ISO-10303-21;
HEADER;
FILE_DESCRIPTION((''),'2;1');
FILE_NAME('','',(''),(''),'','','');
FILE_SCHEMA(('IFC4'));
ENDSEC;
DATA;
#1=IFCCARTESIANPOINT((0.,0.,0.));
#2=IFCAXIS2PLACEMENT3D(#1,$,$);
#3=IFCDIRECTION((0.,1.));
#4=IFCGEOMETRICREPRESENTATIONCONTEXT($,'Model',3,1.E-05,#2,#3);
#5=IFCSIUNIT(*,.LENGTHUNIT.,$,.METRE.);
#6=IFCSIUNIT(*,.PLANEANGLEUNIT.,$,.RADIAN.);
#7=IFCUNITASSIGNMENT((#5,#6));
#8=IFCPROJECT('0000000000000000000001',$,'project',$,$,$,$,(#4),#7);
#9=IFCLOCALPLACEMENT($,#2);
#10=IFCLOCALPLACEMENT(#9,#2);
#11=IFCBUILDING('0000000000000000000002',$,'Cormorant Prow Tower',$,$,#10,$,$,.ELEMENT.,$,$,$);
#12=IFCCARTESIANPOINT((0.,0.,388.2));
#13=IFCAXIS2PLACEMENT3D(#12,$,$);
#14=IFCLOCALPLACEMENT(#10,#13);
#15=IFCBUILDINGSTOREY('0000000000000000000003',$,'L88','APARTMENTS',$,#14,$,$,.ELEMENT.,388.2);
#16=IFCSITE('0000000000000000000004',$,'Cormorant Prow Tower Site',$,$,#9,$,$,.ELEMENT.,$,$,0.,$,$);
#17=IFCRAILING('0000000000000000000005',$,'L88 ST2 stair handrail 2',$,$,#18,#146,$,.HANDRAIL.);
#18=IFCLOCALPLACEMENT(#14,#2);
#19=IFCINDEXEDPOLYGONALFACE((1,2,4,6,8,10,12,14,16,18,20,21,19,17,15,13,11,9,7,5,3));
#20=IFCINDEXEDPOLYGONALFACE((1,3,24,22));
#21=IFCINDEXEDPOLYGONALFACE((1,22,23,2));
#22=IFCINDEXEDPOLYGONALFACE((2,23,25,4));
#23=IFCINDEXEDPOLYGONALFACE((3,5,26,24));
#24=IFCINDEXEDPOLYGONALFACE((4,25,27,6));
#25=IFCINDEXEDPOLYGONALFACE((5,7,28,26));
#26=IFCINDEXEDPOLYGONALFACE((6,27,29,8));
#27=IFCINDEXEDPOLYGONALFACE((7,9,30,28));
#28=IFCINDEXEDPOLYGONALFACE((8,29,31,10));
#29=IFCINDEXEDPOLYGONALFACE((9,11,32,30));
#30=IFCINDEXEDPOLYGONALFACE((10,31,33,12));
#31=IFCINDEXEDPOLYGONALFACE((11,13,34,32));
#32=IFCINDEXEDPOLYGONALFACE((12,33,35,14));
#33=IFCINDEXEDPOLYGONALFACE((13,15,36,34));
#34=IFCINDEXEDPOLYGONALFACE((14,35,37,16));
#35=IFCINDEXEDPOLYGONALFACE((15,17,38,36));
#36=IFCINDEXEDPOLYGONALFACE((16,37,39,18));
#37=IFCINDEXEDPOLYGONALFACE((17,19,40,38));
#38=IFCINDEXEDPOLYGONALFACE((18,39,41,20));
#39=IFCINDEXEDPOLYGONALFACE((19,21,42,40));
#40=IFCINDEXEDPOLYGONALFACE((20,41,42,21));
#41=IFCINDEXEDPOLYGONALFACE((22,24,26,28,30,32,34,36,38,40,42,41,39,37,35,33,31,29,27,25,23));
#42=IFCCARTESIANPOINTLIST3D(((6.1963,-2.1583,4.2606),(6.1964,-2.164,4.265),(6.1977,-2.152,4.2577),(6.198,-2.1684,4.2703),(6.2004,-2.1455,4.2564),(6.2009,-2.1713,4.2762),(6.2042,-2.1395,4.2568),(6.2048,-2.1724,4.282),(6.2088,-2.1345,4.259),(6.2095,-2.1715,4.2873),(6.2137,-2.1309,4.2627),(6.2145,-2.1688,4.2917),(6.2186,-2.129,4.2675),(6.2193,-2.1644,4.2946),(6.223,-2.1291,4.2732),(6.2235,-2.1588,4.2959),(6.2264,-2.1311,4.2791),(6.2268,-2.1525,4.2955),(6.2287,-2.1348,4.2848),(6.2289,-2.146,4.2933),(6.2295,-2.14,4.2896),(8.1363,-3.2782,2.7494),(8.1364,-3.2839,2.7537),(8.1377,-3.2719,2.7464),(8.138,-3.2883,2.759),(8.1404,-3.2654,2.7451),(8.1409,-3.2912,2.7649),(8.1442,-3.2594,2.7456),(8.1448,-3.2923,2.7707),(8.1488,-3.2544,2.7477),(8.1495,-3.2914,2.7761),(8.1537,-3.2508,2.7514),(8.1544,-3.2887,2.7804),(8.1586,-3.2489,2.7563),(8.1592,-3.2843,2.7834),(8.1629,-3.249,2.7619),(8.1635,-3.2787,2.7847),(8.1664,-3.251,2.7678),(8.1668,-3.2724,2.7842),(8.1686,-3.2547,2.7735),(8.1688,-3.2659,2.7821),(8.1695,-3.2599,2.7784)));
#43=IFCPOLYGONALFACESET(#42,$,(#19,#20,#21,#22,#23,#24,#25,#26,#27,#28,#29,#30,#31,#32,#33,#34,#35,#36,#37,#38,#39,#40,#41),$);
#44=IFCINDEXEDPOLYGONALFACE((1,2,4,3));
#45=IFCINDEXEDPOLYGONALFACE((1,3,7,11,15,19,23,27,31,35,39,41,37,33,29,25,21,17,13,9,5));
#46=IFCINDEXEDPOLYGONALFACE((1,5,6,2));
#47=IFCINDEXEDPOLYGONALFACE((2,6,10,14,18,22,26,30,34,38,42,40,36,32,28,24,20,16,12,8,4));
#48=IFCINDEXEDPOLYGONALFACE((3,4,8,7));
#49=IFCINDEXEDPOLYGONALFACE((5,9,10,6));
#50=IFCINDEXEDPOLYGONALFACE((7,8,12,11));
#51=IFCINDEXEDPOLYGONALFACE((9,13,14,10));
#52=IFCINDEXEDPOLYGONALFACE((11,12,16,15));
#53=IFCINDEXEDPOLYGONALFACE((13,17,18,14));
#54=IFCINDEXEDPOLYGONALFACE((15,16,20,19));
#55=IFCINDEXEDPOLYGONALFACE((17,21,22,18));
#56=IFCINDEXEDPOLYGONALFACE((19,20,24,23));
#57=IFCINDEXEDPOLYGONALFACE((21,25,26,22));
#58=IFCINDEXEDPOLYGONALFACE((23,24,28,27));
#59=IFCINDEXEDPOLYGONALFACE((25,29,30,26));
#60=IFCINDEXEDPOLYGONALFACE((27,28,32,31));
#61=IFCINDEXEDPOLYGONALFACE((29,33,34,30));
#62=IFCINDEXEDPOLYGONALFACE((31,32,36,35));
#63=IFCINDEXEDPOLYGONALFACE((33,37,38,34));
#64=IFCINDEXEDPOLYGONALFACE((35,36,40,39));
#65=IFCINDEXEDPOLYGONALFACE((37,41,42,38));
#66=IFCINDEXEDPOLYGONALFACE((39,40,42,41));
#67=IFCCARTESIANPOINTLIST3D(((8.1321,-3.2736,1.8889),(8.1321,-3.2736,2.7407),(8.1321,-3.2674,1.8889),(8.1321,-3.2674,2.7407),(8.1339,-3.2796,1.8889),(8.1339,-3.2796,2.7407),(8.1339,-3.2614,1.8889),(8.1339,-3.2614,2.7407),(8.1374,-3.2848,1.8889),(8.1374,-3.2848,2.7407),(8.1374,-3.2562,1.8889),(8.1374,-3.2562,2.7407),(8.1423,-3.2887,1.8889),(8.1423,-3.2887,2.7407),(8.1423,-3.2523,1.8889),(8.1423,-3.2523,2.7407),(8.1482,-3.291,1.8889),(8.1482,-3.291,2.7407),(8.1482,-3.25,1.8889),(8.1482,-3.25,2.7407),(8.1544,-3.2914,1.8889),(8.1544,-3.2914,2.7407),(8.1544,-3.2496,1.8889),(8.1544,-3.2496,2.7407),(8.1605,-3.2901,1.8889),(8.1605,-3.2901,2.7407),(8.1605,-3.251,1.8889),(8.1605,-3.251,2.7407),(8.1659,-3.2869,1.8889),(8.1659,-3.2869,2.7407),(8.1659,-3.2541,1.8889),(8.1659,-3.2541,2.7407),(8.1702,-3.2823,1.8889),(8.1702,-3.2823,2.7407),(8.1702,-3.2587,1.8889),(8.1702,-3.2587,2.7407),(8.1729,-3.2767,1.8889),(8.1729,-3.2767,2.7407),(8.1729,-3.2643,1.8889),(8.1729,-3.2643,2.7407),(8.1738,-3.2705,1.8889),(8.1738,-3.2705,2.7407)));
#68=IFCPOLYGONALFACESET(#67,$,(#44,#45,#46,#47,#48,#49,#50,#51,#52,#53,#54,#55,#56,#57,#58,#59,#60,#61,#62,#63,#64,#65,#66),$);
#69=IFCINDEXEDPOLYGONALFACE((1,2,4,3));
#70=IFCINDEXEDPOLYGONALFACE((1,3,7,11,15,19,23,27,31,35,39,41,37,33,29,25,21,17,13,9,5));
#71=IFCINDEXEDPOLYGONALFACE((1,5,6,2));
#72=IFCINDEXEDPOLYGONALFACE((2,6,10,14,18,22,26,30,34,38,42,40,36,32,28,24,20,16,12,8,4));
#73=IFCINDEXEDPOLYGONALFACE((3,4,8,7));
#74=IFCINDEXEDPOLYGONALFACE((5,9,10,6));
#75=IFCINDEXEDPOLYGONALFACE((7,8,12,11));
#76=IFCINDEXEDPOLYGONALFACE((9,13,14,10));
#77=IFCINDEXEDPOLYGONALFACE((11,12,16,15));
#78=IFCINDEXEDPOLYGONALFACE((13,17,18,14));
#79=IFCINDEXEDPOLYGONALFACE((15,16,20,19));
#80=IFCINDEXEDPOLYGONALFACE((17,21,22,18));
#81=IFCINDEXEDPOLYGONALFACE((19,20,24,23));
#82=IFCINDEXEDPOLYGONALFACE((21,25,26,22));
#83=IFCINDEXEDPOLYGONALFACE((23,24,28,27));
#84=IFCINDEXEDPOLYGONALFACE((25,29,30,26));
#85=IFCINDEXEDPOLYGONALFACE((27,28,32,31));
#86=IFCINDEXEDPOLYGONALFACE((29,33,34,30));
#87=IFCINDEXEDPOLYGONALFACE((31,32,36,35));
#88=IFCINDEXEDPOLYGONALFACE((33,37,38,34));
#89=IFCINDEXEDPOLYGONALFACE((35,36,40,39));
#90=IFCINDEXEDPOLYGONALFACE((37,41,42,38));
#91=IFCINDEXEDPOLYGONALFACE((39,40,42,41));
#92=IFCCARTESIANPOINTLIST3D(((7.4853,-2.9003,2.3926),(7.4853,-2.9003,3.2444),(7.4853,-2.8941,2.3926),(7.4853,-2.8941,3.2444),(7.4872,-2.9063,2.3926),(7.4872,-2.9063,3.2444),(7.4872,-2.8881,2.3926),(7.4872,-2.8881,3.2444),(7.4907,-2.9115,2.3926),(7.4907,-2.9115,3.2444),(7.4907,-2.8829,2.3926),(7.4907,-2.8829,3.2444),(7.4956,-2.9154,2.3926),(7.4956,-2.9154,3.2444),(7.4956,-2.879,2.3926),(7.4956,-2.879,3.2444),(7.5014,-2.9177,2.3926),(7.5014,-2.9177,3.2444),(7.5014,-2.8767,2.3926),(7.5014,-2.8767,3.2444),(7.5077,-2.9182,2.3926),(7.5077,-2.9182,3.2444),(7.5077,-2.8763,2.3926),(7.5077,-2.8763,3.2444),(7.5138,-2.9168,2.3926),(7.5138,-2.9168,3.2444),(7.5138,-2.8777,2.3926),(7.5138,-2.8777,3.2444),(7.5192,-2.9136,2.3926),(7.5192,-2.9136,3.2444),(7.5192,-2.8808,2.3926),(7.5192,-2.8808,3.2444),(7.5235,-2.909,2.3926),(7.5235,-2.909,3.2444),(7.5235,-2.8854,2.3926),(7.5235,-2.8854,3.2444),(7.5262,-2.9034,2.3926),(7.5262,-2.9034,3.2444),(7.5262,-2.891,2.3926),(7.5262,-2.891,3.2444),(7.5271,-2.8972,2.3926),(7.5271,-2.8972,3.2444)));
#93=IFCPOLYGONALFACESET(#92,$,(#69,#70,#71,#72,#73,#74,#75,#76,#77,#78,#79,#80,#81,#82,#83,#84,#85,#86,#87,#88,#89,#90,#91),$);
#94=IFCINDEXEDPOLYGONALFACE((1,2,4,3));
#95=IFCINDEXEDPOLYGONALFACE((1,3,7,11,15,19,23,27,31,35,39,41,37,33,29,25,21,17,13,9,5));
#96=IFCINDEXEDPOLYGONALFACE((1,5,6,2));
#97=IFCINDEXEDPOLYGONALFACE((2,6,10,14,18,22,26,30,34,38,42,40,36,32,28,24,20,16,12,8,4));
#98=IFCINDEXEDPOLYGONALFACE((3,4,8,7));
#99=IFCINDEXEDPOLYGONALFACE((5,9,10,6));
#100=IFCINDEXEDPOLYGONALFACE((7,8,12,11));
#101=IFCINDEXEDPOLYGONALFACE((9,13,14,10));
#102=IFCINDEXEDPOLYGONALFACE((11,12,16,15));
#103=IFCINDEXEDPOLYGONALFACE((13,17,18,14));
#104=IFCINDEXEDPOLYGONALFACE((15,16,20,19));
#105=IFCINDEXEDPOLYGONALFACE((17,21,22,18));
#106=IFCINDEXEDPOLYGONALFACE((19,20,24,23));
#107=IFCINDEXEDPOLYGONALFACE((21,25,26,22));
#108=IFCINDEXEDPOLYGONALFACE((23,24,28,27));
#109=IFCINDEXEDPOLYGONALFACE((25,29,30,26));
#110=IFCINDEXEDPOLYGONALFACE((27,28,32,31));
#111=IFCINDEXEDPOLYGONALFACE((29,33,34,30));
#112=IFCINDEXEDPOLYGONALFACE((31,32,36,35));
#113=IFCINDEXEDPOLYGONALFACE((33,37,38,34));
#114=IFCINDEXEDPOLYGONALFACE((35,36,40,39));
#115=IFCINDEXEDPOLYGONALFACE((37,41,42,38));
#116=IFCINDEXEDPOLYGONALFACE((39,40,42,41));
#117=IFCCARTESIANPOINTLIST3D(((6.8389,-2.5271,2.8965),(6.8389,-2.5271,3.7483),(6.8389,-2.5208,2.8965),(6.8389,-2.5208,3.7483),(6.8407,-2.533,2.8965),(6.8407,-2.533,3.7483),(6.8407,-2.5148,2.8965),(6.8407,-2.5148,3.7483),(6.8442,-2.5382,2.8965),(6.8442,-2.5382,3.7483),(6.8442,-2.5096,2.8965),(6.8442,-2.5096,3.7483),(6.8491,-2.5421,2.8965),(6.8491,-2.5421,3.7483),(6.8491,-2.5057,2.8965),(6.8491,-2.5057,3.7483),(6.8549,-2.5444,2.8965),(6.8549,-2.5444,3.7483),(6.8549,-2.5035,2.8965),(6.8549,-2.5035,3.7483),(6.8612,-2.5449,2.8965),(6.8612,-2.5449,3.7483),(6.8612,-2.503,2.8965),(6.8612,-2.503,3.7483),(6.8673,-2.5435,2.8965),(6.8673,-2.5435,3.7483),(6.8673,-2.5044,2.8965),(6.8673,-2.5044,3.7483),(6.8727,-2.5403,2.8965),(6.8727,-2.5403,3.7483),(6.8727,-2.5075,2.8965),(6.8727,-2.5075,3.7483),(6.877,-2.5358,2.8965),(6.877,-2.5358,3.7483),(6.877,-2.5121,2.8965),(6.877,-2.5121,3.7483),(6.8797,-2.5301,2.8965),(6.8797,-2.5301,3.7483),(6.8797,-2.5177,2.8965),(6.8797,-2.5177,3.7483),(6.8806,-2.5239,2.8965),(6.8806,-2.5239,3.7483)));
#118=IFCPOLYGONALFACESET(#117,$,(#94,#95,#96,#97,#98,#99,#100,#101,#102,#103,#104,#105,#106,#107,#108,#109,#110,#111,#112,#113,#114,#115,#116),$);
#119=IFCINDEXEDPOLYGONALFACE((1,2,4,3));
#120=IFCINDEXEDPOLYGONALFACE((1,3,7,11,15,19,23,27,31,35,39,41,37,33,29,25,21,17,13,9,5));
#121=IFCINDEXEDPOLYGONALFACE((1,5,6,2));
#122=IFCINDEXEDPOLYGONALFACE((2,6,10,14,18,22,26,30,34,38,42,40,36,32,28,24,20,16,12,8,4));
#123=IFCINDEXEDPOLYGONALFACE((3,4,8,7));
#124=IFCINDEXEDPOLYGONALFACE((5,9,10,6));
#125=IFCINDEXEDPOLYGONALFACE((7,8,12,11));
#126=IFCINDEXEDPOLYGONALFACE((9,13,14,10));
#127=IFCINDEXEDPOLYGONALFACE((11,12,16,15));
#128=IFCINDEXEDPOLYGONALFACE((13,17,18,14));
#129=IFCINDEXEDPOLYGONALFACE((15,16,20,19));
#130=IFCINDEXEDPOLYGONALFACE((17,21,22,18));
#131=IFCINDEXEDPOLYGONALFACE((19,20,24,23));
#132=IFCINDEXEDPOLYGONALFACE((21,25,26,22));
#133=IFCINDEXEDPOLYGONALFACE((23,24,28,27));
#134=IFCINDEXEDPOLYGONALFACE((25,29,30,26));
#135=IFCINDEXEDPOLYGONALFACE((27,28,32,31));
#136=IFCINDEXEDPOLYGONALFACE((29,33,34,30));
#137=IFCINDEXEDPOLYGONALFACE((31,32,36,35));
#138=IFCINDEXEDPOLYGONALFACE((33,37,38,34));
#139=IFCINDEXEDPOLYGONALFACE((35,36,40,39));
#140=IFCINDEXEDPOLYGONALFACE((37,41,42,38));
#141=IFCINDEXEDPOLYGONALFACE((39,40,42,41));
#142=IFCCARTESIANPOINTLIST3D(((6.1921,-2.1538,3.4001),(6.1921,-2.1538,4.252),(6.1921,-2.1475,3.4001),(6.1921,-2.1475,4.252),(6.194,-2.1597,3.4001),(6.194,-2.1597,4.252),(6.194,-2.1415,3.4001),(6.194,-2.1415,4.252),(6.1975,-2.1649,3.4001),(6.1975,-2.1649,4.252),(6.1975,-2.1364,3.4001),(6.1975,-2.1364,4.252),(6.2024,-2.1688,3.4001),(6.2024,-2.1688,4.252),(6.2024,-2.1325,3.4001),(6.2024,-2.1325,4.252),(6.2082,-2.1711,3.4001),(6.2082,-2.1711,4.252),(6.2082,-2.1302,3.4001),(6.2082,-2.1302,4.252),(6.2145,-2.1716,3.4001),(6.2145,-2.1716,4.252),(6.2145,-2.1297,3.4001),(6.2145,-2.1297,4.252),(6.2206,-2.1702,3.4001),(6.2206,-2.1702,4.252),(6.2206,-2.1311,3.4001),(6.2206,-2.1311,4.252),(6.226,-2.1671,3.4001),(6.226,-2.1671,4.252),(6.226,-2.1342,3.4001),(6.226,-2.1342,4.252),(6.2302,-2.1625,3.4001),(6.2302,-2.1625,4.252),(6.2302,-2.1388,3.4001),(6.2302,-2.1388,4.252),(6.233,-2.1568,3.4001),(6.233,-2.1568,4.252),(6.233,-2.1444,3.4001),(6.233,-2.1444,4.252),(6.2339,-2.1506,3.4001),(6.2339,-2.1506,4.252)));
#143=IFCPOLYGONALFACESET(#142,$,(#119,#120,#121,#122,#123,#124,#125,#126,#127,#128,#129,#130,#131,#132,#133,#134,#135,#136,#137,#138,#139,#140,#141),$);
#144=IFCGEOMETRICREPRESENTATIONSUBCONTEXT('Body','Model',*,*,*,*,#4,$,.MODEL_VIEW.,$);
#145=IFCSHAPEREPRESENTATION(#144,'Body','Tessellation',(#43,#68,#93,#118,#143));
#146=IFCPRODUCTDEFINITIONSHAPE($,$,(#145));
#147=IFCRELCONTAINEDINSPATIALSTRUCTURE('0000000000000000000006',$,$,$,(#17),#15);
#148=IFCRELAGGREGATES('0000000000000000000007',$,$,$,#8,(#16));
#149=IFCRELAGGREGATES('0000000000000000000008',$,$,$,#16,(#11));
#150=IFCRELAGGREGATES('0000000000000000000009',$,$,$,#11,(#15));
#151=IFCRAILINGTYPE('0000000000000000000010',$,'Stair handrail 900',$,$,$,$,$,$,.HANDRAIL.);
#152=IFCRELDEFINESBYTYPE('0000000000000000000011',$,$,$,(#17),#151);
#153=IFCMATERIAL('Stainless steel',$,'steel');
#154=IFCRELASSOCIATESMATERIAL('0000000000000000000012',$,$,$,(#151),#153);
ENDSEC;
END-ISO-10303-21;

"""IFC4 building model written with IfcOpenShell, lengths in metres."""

from ifc_helpers import new_model, si_unit, direction, frame, origin, origin_2d, place, context, subcontext, project, spatial, circle, extrude, material, type_object, element, save


model = new_model("IFC4")

# Units and contexts
model_context = context("Model", 3, precision=1e-05, world=origin(), true_north=direction((0.0, 1.0)))
body_context = subcontext(model_context, "Body", "Model", "MODEL_VIEW")
ifc_project = project(units=[si_unit("LENGTHUNIT", "METRE"), si_unit("PLANEANGLEUNIT", "RADIAN")], contexts=[model_context])

# Site, building, storey
site_placement = place(None, origin())
site = spatial("IfcSite", under=ifc_project, at=site_placement, Name="Cormorant Prow Tower Site", CompositionType="ELEMENT", RefElevation=0.0)
building_placement = place(site_placement, origin())
building = spatial("IfcBuilding", under=site, at=building_placement, Name="Cormorant Prow Tower", CompositionType="ELEMENT")
storey_placement = place(building_placement, frame((0.0, 0.0, 388.2)))
storey = spatial("IfcBuildingStorey", under=building, at=storey_placement, Name="L88", Description="APARTMENTS", CompositionType="ELEMENT", Elevation=388.2)

# Railing
ifc_material_1 = material(Name="Stainless steel", Category="steel")
railing_type_1 = type_object("IfcRailingType", Name="Stair handrail 900", PredefinedType="HANDRAIL", material=ifc_material_1)
railing_1_placement = place(storey_placement, frame((8.1528, -3.2705, 1.8889)))
element("IfcRailing", 1, at=railing_1_placement, inside=storey, type_object=railing_type_1, Name="L88 ST2 stair handrail 2", PredefinedType="HANDRAIL", context=body_context, shape_type="SweptSolid", body=[
    extrude(circle(Radius=0.0239, at=origin_2d()), frame((0.0, 0.0, 0.876), z_axis=(-0.71794, 0.414447, 0.559281), x_axis=(-0.499949, -0.866055, 0.0)), (0.0, 0.0, 1.0), 2.7021),
    extrude(circle(Radius=0.021, at=origin_2d()), origin(), (0.0, 0.0, 1.0), 0.8518),
    extrude(circle(Radius=0.021, at=origin_2d()), frame((-0.6467, 0.3733, 0.5037)), (0.0, 0.0, 1.0), 0.8518),
    extrude(circle(Radius=0.021, at=origin_2d()), frame((-1.2932, 0.7466, 1.0076)), (0.0, 0.0, 1.0), 0.8518),
    extrude(circle(Radius=0.021, at=origin_2d()), frame((-1.9399, 1.1199, 1.5112)), (0.0, 0.0, 1.0), 0.8518),
])

save(model, "model.ifc")
